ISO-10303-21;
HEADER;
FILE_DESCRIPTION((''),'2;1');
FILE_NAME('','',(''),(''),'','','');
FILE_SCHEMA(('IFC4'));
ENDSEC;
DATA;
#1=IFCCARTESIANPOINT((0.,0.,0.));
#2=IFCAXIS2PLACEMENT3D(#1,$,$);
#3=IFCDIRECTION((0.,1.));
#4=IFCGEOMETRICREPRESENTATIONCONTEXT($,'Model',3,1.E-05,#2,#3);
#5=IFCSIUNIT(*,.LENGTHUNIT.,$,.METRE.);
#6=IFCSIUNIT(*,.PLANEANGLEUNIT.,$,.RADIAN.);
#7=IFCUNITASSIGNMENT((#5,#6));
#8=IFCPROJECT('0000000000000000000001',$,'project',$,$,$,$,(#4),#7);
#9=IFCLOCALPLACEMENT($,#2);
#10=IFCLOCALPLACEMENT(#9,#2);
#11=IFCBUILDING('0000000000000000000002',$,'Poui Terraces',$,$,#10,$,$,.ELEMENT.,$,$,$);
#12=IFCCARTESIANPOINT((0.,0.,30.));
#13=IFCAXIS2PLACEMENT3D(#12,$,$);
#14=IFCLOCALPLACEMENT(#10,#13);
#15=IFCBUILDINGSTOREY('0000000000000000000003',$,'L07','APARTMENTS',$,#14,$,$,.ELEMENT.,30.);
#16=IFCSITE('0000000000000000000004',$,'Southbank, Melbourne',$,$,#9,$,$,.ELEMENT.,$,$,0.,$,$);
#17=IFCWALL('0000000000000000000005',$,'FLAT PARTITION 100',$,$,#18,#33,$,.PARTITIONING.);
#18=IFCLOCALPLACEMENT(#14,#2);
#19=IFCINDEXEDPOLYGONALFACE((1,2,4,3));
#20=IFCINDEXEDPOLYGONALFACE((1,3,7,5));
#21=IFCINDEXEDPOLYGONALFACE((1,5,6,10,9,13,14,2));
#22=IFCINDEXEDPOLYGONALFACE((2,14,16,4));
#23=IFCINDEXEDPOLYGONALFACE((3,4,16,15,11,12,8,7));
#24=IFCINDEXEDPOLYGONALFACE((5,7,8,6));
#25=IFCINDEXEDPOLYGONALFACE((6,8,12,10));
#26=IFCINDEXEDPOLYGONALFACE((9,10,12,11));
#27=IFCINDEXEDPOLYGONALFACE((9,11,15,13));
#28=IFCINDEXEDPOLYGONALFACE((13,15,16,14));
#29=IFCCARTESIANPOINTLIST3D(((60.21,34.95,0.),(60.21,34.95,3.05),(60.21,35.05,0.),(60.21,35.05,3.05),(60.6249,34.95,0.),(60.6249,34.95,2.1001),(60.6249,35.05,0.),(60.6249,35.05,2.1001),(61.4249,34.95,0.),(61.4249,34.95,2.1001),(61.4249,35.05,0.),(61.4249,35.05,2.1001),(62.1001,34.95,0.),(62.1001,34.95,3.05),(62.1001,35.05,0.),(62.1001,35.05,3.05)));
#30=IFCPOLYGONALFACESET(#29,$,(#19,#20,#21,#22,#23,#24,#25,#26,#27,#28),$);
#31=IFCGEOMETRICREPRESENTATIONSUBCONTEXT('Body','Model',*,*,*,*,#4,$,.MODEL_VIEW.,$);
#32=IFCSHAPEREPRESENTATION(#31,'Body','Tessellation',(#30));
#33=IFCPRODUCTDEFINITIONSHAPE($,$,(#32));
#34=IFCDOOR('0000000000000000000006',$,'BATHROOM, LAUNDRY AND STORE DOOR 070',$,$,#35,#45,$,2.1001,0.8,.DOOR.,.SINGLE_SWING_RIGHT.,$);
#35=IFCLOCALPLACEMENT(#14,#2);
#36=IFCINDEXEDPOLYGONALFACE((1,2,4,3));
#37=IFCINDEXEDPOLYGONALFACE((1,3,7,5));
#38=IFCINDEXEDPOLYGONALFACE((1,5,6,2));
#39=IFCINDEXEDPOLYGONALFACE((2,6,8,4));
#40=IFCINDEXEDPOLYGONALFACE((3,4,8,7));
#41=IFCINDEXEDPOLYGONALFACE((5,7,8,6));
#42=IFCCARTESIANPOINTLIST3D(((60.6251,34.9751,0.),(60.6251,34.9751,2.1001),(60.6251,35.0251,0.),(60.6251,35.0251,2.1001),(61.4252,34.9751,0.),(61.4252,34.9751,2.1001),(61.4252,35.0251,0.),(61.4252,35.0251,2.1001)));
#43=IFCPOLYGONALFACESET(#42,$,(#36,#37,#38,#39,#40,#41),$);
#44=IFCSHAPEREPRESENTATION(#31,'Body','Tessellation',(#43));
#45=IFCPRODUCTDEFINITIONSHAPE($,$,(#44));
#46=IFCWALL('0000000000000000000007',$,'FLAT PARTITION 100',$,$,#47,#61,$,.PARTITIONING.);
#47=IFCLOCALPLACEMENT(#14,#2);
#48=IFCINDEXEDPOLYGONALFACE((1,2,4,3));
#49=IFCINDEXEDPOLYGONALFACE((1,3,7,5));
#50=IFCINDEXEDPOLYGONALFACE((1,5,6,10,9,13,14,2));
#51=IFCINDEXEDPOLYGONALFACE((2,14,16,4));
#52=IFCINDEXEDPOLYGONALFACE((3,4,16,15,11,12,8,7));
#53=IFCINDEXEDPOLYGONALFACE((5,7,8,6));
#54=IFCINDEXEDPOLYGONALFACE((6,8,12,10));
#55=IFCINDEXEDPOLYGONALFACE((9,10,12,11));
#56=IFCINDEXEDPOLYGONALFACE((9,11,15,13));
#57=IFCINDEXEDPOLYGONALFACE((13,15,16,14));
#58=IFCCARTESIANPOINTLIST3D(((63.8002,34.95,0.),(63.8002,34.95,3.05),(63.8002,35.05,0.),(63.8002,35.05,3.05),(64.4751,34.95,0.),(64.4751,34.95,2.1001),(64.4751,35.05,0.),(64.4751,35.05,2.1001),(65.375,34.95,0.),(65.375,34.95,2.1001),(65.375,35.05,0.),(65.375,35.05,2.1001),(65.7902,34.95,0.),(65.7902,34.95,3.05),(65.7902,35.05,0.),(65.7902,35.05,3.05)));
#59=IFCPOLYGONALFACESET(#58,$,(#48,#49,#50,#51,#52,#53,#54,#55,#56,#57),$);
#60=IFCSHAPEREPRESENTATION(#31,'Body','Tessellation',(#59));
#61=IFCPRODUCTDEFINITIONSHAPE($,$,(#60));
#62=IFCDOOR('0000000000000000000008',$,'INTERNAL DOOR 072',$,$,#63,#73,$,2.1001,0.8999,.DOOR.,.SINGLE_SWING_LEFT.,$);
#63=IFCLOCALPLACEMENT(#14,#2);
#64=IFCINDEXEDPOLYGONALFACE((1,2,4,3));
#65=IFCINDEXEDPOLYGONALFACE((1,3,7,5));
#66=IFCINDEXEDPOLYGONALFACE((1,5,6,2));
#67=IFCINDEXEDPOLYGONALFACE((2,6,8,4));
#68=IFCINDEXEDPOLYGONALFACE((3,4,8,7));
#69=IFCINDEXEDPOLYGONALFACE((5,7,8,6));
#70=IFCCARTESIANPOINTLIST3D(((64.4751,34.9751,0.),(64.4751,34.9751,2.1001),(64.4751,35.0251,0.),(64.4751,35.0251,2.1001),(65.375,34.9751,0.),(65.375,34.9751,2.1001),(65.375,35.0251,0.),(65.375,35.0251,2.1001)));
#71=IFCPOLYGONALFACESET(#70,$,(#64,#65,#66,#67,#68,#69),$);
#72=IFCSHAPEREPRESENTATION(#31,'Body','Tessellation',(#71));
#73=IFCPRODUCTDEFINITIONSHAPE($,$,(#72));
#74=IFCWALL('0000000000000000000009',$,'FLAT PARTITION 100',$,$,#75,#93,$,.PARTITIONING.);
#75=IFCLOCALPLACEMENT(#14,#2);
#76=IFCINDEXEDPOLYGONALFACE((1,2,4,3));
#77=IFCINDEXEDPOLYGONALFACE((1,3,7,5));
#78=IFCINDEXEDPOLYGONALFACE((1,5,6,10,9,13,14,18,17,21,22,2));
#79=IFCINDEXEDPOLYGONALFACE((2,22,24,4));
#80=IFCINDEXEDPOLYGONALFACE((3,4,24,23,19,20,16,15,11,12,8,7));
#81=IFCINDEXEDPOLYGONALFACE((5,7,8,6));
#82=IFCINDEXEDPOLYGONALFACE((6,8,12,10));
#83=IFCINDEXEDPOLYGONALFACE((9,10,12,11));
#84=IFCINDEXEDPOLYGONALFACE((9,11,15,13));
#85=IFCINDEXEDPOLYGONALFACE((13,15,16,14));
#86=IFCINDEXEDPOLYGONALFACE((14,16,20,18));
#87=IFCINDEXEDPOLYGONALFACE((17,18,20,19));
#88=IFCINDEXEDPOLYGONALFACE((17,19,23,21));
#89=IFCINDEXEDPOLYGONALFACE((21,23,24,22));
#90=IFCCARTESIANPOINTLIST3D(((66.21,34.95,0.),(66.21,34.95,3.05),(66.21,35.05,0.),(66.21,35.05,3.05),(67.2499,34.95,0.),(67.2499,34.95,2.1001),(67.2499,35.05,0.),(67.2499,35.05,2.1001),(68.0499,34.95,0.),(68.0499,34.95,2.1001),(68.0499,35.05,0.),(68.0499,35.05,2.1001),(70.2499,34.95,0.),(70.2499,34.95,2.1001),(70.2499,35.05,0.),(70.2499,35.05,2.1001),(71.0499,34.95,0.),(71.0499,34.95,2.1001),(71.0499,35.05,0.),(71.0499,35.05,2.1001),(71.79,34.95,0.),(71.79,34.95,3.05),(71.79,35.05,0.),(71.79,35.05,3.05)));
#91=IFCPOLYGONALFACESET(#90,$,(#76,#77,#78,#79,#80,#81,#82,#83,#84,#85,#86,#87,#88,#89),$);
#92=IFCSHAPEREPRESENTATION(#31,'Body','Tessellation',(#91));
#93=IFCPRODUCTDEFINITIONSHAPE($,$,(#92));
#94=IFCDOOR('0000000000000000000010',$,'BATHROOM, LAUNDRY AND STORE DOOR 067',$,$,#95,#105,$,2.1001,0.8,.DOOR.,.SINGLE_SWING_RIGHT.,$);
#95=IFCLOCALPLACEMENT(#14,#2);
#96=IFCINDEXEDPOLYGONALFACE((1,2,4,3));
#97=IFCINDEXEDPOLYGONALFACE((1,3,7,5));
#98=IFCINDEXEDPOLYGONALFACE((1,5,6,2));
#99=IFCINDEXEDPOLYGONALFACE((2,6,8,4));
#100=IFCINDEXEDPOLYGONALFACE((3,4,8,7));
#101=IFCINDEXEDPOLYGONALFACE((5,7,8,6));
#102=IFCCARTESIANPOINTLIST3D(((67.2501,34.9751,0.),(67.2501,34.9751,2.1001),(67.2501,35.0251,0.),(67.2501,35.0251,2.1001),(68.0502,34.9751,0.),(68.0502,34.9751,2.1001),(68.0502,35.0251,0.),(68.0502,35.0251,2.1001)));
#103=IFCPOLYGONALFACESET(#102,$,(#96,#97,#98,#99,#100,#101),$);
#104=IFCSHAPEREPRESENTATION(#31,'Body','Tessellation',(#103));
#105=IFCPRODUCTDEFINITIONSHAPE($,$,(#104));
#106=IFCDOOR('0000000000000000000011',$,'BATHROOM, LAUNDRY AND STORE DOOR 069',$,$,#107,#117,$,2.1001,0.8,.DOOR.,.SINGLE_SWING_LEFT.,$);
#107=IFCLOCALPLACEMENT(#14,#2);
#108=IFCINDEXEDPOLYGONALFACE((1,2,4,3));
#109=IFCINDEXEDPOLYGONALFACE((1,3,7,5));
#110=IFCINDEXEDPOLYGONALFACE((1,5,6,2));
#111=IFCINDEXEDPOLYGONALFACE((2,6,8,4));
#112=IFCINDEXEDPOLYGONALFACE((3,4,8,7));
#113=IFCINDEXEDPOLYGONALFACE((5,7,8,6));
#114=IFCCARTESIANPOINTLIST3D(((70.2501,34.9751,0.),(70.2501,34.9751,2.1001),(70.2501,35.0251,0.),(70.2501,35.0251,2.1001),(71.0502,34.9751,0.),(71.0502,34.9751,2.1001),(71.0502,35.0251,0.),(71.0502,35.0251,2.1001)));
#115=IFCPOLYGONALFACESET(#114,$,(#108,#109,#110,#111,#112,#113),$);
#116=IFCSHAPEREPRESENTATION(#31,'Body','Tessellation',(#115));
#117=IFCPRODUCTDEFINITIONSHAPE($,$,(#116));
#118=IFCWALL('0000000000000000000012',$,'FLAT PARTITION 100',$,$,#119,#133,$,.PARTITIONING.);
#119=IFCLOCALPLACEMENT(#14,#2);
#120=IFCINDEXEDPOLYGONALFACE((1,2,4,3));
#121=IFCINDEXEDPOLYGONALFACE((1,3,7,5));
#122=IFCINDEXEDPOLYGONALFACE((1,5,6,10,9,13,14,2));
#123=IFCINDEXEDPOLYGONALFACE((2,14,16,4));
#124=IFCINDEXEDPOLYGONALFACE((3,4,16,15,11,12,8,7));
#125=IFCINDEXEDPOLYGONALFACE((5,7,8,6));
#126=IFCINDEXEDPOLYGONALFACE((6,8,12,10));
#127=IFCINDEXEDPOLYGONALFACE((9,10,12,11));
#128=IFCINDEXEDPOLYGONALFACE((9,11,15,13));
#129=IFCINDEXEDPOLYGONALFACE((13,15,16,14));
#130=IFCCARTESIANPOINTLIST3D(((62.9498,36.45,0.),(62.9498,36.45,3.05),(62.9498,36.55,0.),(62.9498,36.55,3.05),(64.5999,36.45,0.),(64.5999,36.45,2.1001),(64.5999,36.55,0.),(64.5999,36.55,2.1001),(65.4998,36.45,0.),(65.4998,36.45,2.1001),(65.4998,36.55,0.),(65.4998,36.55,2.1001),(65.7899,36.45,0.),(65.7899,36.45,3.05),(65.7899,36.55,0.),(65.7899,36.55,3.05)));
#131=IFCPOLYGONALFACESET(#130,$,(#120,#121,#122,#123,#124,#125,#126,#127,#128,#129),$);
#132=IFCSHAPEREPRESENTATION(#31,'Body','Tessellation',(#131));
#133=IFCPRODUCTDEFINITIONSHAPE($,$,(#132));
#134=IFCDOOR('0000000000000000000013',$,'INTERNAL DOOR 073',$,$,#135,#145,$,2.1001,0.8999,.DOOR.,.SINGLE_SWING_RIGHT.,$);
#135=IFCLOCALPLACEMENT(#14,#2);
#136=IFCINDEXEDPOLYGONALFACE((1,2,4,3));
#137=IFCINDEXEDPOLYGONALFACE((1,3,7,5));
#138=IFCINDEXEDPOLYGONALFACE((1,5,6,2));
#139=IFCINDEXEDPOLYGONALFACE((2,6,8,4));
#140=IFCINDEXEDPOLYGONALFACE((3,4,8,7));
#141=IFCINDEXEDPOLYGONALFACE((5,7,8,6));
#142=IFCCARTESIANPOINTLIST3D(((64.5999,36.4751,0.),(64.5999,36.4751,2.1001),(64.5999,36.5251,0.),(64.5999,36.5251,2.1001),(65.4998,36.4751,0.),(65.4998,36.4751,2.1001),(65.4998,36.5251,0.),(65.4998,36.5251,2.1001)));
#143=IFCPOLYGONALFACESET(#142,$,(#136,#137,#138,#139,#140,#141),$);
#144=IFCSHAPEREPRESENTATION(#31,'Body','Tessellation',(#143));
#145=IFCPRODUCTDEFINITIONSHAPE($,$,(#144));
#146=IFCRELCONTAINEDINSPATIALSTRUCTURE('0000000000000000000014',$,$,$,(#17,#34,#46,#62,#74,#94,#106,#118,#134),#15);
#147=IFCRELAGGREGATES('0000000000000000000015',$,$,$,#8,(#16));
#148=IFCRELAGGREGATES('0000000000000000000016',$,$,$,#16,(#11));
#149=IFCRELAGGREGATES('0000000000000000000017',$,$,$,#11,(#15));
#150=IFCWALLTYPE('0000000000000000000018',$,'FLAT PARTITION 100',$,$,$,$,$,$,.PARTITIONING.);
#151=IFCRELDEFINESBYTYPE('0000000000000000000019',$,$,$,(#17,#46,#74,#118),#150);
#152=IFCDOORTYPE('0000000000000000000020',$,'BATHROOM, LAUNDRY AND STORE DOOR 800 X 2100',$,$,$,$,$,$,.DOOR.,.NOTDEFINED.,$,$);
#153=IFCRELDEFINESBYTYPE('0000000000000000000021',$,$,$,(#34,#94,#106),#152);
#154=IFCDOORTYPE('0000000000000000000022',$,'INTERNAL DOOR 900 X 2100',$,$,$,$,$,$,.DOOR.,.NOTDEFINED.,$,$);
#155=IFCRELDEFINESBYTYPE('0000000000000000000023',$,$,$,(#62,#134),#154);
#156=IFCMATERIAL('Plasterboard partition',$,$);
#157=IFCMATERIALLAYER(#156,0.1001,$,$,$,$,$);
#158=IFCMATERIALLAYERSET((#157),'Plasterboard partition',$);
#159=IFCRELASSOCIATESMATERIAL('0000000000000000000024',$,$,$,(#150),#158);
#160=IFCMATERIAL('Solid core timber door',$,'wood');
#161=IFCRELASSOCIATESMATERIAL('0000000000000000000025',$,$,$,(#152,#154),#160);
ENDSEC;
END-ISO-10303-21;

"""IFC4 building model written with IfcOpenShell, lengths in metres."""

from ifc_helpers import new_model, si_unit, direction, frame, frame_2d, origin, place, context, subcontext, project, spatial, rectangle, extrude, material, layer, layer_set, type_object, element, fill, save


model = new_model("IFC4")

# Units and contexts
model_context = context("Model", 3, precision=1e-05, world=origin(), true_north=direction((0.0, 1.0)))
body_context = subcontext(model_context, "Body", "Model", "MODEL_VIEW")
ifc_project = project(units=[si_unit("LENGTHUNIT", "METRE"), si_unit("PLANEANGLEUNIT", "RADIAN")], contexts=[model_context])

# Site, building, storey
site_placement = place(None, origin())
site = spatial("IfcSite", under=ifc_project, at=site_placement, Name="Southbank, Melbourne", CompositionType="ELEMENT", RefElevation=0.0)
building_placement = place(site_placement, origin())
building = spatial("IfcBuilding", under=site, at=building_placement, Name="Poui Terraces", CompositionType="ELEMENT")
storey_placement = place(building_placement, frame((0.0, 0.0, 30.0)))
storey = spatial("IfcBuildingStorey", under=building, at=storey_placement, Name="L07", Description="APARTMENTS", CompositionType="ELEMENT", Elevation=30.0)

# Walls, openings, doors
ifc_material_1 = material(Name="Plasterboard partition")
ifc_layer_1 = layer(ifc_material_1, 0.1001)
ifc_layer_set_1 = layer_set([ifc_layer_1], Name="Plasterboard partition")
wall_type_1 = type_object("IfcWallType", Name="FLAT PARTITION 100", PredefinedType="PARTITIONING", material=ifc_layer_set_1)
wall_1_placement = place(storey_placement, frame((60.21, 35.0, 0.0), z_axis=(0.0, 0.0, 1.0), x_axis=(1.0, 0.0, 0.0)))
wall_1 = element("IfcWall", 1, at=wall_1_placement, inside=storey, type_object=wall_type_1, Name="FLAT PARTITION 100", PredefinedType="PARTITIONING", context=body_context, shape_type="SweptSolid", body=[
    extrude(rectangle(XDim=1.8901, YDim=0.1001, at=frame_2d((0.9451, 0.0))), origin(), (0.0, 0.0, 1.0), 3.05),
])
opening_1_placement = place(wall_1_placement, frame((0.415, 0.0, 0.0)))
opening_1 = element("IfcOpeningElement", 2, at=opening_1_placement, cuts=wall_1, PredefinedType="OPENING", context=body_context, shape_type="SweptSolid", body=[
    extrude(rectangle(XDim=0.8, YDim=2.1001, at=frame_2d((0.3999, 1.05))), frame((0.0, 0.0601, 0.0), z_axis=(0.0, -1.0, 0.0), x_axis=(1.0, 0.0, 0.0)), (0.0, 0.0, 1.0), 0.1201),
])
ifc_material_2 = material(Name="Solid core timber door", Category="wood")
door_type_1 = type_object("IfcDoorType", Name="BATHROOM, LAUNDRY AND STORE DOOR 800 X 2100", OperationType="NOTDEFINED", PredefinedType="DOOR", material=ifc_material_2)
door_1_placement = place(opening_1_placement, frame((0.8, 0.0, 0.0), z_axis=(0.0, 0.0, 1.0), x_axis=(-1.0, 0.0, 0.0)))
door_1 = element("IfcDoor", 3, at=door_1_placement, inside=storey, type_object=door_type_1, Name="BATHROOM, LAUNDRY AND STORE DOOR 070", OperationType="SINGLE_SWING_RIGHT", OverallHeight=2.1001, OverallWidth=0.8, PredefinedType="DOOR", context=body_context, shape_type="SweptSolid", body=[
    extrude(rectangle(XDim=0.8, YDim=2.1001, at=frame_2d((0.3999, 1.05))), frame((0.0, 0.0249, 0.0), z_axis=(0.0, -1.0, 0.0), x_axis=(1.0, 0.0, 0.0)), (0.0, 0.0, 1.0), 0.05),
])
fill(opening_1, door_1)
wall_2_placement = place(storey_placement, frame((63.8, 35.0, 0.0), z_axis=(0.0, 0.0, 1.0), x_axis=(1.0, 0.0, 0.0)))
wall_2 = element("IfcWall", 4, at=wall_2_placement, inside=storey, type_object=wall_type_1, Name="FLAT PARTITION 100", PredefinedType="PARTITIONING", context=body_context, shape_type="SweptSolid", body=[
    extrude(rectangle(XDim=1.99, YDim=0.1001, at=frame_2d((0.9951, 0.0))), origin(), (0.0, 0.0, 1.0), 3.05),
])
opening_2_placement = place(wall_2_placement, frame((0.675, 0.0, 0.0)))
opening_2 = element("IfcOpeningElement", 5, at=opening_2_placement, cuts=wall_2, PredefinedType="OPENING", context=body_context, shape_type="SweptSolid", body=[
    extrude(rectangle(XDim=0.8999, YDim=2.1001, at=frame_2d((0.45, 1.05))), frame((0.0, 0.0601, 0.0), z_axis=(0.0, -1.0, 0.0), x_axis=(1.0, 0.0, 0.0)), (0.0, 0.0, 1.0), 0.1201),
])
door_type_2 = type_object("IfcDoorType", Name="INTERNAL DOOR 900 X 2100", OperationType="NOTDEFINED", PredefinedType="DOOR", material=ifc_material_2)
door_2_placement = place(opening_2_placement, frame((0.8999, 0.0, 0.0), z_axis=(0.0, 0.0, 1.0), x_axis=(-1.0, 0.0, 0.0)))
door_2 = element("IfcDoor", 6, at=door_2_placement, inside=storey, type_object=door_type_2, Name="INTERNAL DOOR 072", OperationType="SINGLE_SWING_LEFT", OverallHeight=2.1001, OverallWidth=0.8999, PredefinedType="DOOR", context=body_context, shape_type="SweptSolid", body=[
    extrude(rectangle(XDim=0.8999, YDim=2.1001, at=frame_2d((0.45, 1.05))), frame((0.0, 0.0249, 0.0), z_axis=(0.0, -1.0, 0.0), x_axis=(1.0, 0.0, 0.0)), (0.0, 0.0, 1.0), 0.05),
])
fill(opening_2, door_2)

# Wall, openings, doors
wall_3_placement = place(storey_placement, frame((66.21, 35.0, 0.0), z_axis=(0.0, 0.0, 1.0), x_axis=(1.0, 0.0, 0.0)))
wall_3 = element("IfcWall", 7, at=wall_3_placement, inside=storey, type_object=wall_type_1, Name="FLAT PARTITION 100", PredefinedType="PARTITIONING", context=body_context, shape_type="SweptSolid", body=[
    extrude(rectangle(XDim=5.5801, YDim=0.1001, at=frame_2d((2.79, 0.0))), origin(), (0.0, 0.0, 1.0), 3.05),
])
opening_3_placement = place(wall_3_placement, frame((1.04, 0.0, 0.0)))
opening_3 = element("IfcOpeningElement", 8, at=opening_3_placement, cuts=wall_3, PredefinedType="OPENING", context=body_context, shape_type="SweptSolid", body=[
    extrude(rectangle(XDim=0.8, YDim=2.1001, at=frame_2d((0.3999, 1.05))), frame((0.0, 0.0601, 0.0), z_axis=(0.0, -1.0, 0.0), x_axis=(1.0, 0.0, 0.0)), (0.0, 0.0, 1.0), 0.1201),
])
opening_4_placement = place(wall_3_placement, frame((4.04, 0.0, 0.0)))
opening_4 = element("IfcOpeningElement", 9, at=opening_4_placement, cuts=wall_3, PredefinedType="OPENING", context=body_context, shape_type="SweptSolid", body=[
    extrude(rectangle(XDim=0.8, YDim=2.1001, at=frame_2d((0.3999, 1.05))), frame((0.0, 0.0601, 0.0), z_axis=(0.0, -1.0, 0.0), x_axis=(1.0, 0.0, 0.0)), (0.0, 0.0, 1.0), 0.1201),
])
door_3_placement = place(opening_3_placement, frame((0.8, 0.0, 0.0), z_axis=(0.0, 0.0, 1.0), x_axis=(-1.0, 0.0, 0.0)))
door_3 = element("IfcDoor", 10, at=door_3_placement, inside=storey, type_object=door_type_1, Name="BATHROOM, LAUNDRY AND STORE DOOR 067", OperationType="SINGLE_SWING_RIGHT", OverallHeight=2.1001, OverallWidth=0.8, PredefinedType="DOOR", context=body_context, shape_type="SweptSolid", body=[
    extrude(rectangle(XDim=0.8, YDim=2.1001, at=frame_2d((0.3999, 1.05))), frame((0.0, 0.0249, 0.0), z_axis=(0.0, -1.0, 0.0), x_axis=(1.0, 0.0, 0.0)), (0.0, 0.0, 1.0), 0.05),
])
fill(opening_3, door_3)
door_4_placement = place(opening_4_placement, frame((0.8, 0.0, 0.0), z_axis=(0.0, 0.0, 1.0), x_axis=(-1.0, 0.0, 0.0)))
door_4 = element("IfcDoor", 11, at=door_4_placement, inside=storey, type_object=door_type_1, Name="BATHROOM, LAUNDRY AND STORE DOOR 069", OperationType="SINGLE_SWING_LEFT", OverallHeight=2.1001, OverallWidth=0.8, PredefinedType="DOOR", context=body_context, shape_type="SweptSolid", body=[
    extrude(rectangle(XDim=0.8, YDim=2.1001, at=frame_2d((0.3999, 1.05))), frame((0.0, 0.0249, 0.0), z_axis=(0.0, -1.0, 0.0), x_axis=(1.0, 0.0, 0.0)), (0.0, 0.0, 1.0), 0.05),
])
fill(opening_4, door_4)

# Wall, opening, door
wall_4_placement = place(storey_placement, frame((62.95, 36.5, 0.0), z_axis=(0.0, 0.0, 1.0), x_axis=(1.0, 0.0, 0.0)))
wall_4 = element("IfcWall", 12, at=wall_4_placement, inside=storey, type_object=wall_type_1, Name="FLAT PARTITION 100", PredefinedType="PARTITIONING", context=body_context, shape_type="SweptSolid", body=[
    extrude(rectangle(XDim=2.8401, YDim=0.1001, at=frame_2d((1.4199, 0.0))), origin(), (0.0, 0.0, 1.0), 3.05),
])
opening_5_placement = place(wall_4_placement, frame((1.6499, 0.0, 0.0)))
opening_5 = element("IfcOpeningElement", 13, at=opening_5_placement, cuts=wall_4, PredefinedType="OPENING", context=body_context, shape_type="SweptSolid", body=[
    extrude(rectangle(XDim=0.8999, YDim=2.1001, at=frame_2d((0.45, 1.05))), frame((0.0, 0.0601, 0.0), z_axis=(0.0, -1.0, 0.0), x_axis=(1.0, 0.0, 0.0)), (0.0, 0.0, 1.0), 0.1201),
])
door_5_placement = place(opening_5_placement, frame((0.8999, 0.0, 0.0), z_axis=(0.0, 0.0, 1.0), x_axis=(-1.0, 0.0, 0.0)))
door_5 = element("IfcDoor", 14, at=door_5_placement, inside=storey, type_object=door_type_2, Name="INTERNAL DOOR 073", OperationType="SINGLE_SWING_RIGHT", OverallHeight=2.1001, OverallWidth=0.8999, PredefinedType="DOOR", context=body_context, shape_type="SweptSolid", body=[
    extrude(rectangle(XDim=0.8999, YDim=2.1001, at=frame_2d((0.45, 1.05))), frame((0.0, 0.0249, 0.0), z_axis=(0.0, -1.0, 0.0), x_axis=(1.0, 0.0, 0.0)), (0.0, 0.0, 1.0), 0.05),
])
fill(opening_5, door_5)

save(model, "model.ifc")
